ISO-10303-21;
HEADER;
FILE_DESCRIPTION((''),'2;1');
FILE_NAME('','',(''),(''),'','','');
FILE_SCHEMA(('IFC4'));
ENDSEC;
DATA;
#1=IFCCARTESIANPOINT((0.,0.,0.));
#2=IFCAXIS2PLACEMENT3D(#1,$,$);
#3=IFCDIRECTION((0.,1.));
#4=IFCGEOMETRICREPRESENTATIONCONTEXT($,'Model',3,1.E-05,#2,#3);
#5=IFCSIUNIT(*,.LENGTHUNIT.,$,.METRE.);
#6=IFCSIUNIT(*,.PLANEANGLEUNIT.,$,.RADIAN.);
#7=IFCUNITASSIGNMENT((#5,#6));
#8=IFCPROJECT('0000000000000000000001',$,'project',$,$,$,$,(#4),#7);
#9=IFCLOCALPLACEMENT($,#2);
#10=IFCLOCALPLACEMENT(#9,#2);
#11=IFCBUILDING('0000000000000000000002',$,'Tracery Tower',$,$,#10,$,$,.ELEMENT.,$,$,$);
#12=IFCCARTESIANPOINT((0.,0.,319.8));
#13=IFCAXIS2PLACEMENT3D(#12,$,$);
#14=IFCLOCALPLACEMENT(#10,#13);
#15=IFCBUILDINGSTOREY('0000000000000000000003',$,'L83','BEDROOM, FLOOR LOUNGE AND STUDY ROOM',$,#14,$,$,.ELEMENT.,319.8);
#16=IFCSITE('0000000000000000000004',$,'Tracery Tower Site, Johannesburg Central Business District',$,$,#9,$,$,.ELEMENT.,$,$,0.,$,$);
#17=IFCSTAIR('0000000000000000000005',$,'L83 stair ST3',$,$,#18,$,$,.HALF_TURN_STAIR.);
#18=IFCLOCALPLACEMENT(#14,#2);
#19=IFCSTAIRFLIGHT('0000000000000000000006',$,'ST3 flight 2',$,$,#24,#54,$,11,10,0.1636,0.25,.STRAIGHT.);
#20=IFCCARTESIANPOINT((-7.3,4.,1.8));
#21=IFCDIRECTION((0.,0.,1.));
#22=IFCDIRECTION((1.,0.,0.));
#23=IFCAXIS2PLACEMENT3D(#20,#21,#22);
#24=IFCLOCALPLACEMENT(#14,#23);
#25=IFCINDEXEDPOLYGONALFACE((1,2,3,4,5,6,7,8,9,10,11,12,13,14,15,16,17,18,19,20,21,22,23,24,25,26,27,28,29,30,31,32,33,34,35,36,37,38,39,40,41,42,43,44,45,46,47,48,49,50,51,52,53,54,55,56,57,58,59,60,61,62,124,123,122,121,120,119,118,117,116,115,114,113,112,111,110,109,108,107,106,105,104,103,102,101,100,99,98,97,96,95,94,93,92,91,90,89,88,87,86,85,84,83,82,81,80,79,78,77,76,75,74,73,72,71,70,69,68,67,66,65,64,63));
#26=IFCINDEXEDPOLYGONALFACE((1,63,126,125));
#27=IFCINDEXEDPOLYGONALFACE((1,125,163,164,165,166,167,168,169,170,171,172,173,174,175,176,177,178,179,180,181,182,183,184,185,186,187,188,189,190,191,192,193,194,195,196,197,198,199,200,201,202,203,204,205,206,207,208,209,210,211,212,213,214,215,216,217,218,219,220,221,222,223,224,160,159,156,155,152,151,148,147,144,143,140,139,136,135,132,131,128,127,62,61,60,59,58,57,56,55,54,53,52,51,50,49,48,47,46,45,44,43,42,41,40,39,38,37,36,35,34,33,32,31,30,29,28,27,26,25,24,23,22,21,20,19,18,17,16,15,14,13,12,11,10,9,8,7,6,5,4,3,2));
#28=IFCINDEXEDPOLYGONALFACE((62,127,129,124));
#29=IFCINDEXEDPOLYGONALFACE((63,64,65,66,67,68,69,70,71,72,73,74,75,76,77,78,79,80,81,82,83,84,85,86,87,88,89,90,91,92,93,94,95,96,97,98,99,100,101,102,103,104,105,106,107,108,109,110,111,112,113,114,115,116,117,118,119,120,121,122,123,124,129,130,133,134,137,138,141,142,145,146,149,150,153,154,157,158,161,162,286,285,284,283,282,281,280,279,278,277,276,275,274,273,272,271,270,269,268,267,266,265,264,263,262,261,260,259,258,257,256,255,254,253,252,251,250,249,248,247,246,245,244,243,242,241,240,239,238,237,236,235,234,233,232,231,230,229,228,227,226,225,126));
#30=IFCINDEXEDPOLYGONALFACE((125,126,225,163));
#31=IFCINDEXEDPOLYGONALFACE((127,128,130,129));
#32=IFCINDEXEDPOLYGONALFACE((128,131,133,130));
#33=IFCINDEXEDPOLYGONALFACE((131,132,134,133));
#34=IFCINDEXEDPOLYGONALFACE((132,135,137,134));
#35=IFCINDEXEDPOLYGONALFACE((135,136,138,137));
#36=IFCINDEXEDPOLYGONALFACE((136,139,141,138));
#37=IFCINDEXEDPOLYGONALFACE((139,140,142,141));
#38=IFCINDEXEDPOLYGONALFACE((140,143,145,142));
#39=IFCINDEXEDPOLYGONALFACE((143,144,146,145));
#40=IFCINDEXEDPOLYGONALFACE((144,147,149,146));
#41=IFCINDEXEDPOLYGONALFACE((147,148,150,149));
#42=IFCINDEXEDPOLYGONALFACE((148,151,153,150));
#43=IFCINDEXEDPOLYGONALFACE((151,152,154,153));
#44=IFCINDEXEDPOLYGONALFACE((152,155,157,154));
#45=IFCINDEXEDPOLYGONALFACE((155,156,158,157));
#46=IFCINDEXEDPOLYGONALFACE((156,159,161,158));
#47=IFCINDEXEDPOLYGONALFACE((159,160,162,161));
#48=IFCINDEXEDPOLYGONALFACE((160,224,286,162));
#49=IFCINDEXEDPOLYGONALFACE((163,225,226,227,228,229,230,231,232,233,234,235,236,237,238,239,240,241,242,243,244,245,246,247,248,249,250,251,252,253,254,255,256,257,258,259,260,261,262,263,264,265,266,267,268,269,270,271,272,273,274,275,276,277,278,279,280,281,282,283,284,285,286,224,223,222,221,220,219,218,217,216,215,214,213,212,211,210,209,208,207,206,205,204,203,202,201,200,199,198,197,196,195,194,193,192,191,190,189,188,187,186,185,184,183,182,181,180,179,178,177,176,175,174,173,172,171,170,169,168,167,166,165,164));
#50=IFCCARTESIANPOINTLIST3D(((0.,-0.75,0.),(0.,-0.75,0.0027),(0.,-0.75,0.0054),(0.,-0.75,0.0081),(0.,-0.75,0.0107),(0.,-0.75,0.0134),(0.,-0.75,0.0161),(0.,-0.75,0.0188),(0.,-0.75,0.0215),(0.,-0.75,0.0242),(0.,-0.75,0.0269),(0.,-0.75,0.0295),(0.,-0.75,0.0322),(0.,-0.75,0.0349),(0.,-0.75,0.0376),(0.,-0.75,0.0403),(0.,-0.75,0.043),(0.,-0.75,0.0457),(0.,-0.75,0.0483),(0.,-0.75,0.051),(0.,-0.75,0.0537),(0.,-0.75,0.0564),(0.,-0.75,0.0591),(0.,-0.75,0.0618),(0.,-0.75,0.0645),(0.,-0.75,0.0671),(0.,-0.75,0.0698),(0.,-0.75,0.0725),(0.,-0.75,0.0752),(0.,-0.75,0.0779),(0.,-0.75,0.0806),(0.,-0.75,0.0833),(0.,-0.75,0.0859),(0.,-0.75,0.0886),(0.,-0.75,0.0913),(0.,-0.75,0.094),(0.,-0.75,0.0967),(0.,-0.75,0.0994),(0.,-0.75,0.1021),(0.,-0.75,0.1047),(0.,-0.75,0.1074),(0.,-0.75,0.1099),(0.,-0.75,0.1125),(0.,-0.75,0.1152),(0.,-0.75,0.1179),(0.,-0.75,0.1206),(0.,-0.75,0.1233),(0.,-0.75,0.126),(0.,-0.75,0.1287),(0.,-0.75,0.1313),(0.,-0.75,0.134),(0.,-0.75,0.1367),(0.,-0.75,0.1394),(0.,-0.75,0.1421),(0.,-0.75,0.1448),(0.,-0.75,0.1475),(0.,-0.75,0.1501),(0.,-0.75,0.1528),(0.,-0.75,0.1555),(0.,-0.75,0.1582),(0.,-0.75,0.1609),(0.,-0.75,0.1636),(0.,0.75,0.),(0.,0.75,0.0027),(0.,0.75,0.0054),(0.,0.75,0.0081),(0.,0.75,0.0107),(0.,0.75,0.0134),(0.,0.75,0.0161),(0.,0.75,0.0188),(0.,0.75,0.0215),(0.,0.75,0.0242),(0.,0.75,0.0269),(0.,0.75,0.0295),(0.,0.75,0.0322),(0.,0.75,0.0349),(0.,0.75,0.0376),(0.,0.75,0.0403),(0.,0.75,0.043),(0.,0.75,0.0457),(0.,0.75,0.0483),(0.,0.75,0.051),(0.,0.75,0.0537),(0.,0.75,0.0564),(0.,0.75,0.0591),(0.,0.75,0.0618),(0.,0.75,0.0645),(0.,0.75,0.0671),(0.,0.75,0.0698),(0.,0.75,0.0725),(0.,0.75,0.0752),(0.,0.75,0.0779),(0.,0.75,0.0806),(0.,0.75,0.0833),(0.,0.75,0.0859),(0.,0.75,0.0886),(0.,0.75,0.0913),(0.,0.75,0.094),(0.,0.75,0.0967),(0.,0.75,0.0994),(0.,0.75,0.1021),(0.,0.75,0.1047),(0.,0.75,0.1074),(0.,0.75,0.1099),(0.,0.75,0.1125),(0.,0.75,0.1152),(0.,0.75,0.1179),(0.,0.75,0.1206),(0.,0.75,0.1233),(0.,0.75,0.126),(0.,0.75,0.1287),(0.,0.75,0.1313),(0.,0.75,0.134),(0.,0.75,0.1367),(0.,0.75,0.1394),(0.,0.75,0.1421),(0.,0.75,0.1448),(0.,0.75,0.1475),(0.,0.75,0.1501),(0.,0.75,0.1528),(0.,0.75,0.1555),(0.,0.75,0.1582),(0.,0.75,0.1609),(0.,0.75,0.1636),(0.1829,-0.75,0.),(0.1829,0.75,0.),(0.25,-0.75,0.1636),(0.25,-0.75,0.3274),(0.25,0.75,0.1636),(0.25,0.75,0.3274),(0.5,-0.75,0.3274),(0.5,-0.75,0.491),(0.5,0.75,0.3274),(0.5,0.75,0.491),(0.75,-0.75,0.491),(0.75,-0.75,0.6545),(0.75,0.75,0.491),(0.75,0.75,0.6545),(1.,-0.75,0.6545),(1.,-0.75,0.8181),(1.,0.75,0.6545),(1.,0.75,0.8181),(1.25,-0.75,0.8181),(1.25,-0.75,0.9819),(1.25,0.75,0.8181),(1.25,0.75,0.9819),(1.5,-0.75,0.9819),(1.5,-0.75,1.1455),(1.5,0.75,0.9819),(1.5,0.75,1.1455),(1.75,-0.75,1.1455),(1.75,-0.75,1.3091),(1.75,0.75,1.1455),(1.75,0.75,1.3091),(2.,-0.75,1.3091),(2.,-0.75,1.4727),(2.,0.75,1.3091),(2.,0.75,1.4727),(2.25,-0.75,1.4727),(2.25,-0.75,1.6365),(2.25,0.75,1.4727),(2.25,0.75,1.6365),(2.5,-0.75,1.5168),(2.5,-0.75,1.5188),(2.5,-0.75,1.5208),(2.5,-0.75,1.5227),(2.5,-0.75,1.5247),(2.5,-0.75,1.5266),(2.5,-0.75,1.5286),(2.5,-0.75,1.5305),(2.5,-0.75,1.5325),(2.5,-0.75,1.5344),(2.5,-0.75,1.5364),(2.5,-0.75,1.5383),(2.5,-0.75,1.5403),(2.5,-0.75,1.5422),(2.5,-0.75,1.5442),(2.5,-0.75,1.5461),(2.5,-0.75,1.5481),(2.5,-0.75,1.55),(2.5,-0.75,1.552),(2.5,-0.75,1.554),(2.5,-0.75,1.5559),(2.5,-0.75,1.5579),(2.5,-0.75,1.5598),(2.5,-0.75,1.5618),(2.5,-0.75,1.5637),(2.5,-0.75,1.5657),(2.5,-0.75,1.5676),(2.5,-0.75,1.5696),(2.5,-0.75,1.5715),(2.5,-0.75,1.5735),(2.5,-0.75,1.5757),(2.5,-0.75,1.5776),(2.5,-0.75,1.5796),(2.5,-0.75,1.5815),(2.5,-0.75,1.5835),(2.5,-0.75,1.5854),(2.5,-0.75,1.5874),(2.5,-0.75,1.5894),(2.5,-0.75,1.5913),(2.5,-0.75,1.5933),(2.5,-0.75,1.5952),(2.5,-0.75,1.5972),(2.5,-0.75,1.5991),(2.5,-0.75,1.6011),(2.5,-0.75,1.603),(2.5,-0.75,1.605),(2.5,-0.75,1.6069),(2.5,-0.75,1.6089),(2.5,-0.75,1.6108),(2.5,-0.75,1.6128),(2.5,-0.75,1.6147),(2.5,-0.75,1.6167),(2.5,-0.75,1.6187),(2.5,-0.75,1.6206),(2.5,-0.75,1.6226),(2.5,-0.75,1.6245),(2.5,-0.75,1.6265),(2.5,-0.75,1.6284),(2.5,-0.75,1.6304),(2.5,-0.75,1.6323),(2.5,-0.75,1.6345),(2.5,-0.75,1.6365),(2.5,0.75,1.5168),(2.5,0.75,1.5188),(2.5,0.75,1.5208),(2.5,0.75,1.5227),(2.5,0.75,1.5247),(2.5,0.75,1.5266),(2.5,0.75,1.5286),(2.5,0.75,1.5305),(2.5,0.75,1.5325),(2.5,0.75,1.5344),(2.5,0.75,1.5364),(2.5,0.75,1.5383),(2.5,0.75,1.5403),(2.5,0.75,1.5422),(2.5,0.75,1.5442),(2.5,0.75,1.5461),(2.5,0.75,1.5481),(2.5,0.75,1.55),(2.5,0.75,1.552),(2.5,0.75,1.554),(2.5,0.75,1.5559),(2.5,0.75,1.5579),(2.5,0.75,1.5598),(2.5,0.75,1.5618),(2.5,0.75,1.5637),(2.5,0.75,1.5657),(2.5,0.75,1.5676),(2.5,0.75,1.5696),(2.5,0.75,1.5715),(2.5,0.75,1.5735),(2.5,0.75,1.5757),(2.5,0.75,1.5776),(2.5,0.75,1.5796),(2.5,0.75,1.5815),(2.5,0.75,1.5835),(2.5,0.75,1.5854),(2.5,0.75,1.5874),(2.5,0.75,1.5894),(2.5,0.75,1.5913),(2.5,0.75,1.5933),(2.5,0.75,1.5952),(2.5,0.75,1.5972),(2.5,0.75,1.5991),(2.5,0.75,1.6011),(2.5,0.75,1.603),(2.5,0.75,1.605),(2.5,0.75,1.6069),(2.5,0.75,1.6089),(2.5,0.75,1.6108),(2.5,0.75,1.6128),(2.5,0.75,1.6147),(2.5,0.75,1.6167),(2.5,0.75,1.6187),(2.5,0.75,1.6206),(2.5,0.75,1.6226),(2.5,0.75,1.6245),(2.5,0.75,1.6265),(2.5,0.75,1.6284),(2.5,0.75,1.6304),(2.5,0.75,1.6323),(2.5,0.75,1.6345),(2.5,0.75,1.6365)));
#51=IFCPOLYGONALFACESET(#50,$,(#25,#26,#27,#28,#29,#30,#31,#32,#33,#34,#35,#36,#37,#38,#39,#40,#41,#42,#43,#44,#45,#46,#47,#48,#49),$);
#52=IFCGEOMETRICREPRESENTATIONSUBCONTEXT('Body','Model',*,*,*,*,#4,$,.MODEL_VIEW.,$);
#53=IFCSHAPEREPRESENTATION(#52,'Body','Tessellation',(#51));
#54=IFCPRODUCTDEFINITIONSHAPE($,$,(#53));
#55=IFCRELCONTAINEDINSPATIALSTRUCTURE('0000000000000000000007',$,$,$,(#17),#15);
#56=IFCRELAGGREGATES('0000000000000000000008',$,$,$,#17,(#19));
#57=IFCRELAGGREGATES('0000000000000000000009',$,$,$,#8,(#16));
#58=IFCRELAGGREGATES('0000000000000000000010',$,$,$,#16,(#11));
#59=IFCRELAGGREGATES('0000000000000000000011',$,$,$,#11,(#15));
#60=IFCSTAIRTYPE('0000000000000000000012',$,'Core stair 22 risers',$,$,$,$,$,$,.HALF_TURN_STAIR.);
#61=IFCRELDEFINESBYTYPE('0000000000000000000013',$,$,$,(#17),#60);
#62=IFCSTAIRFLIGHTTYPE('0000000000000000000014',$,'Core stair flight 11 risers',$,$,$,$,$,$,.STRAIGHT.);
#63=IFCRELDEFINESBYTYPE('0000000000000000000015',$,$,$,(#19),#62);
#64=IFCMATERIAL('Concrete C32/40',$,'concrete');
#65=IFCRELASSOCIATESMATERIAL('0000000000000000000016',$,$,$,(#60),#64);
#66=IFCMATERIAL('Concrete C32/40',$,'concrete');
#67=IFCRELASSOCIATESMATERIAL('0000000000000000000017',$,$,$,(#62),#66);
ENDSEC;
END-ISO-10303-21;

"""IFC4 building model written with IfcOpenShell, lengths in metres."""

from ifc_helpers import new_model, si_unit, direction, frame, origin, place, context, subcontext, project, spatial, polyline, outline, extrude, material, type_object, element, aggregate, save


model = new_model("IFC4")

# Units and contexts
model_context = context("Model", 3, precision=1e-05, world=origin(), true_north=direction((0.0, 1.0)))
body_context = subcontext(model_context, "Body", "Model", "MODEL_VIEW")
ifc_project = project(units=[si_unit("LENGTHUNIT", "METRE"), si_unit("PLANEANGLEUNIT", "RADIAN")], contexts=[model_context])

# Site, building, storey
site_placement = place(None, origin())
site = spatial("IfcSite", under=ifc_project, at=site_placement, Name="Tracery Tower Site, Johannesburg Central Business District", CompositionType="ELEMENT", RefElevation=0.0)
building_placement = place(site_placement, origin())
building = spatial("IfcBuilding", under=site, at=building_placement, Name="Tracery Tower", CompositionType="ELEMENT")
storey_placement = place(building_placement, frame((0.0, 0.0, 319.8)))
storey = spatial("IfcBuildingStorey", under=building, at=storey_placement, Name="L83", Description="BEDROOM, FLOOR LOUNGE AND STUDY ROOM", CompositionType="ELEMENT", Elevation=319.8)

# Stair, stair flight
ifc_material_1 = material(Name="Concrete C32/40", Category="concrete")
stair_type = type_object("IfcStairType", Name="Core stair 22 risers", PredefinedType="HALF_TURN_STAIR", material=ifc_material_1)
stair_placement = place(storey_placement, origin())
stair = element("IfcStair", 1, at=stair_placement, inside=storey, type_object=stair_type, Name="L83 stair ST3", PredefinedType="HALF_TURN_STAIR")
ifc_material_2 = material(Name="Concrete C32/40", Category="concrete")
stair_flight_type = type_object("IfcStairFlightType", Name="Core stair flight 11 risers", PredefinedType="STRAIGHT", material=ifc_material_2)
stair_flight_1_placement = place(storey_placement, frame((-7.3, 4.0, 1.8), z_axis=(0.0, 0.0, 1.0), x_axis=(1.0, 0.0, 0.0)))
stair_flight_1 = element("IfcStairFlight", 2, at=stair_flight_1_placement, type_object=stair_flight_type, Name="ST3 flight 2", NumberOfRisers=11, NumberOfTreads=10, PredefinedType="STRAIGHT", RiserHeight=0.1636, TreadLength=0.25, context=body_context, shape_type="SweptSolid", body=[
    extrude(outline(polyline([(0.0, 0.0), (0.0, 0.0027), (0.0, 0.0054), (0.0, 0.0081), (0.0, 0.0107), (0.0, 0.0134), (0.0, 0.0161), (0.0, 0.0188), (0.0, 0.0215), (0.0, 0.0242), (0.0, 0.0269), (0.0, 0.0295), (0.0, 0.0322), (0.0, 0.0349), (0.0, 0.0376), (0.0, 0.0403), (0.0, 0.043), (0.0, 0.0457), (0.0, 0.0483), (0.0, 0.051), (0.0, 0.0537), (0.0, 0.0564), (0.0, 0.0591), (0.0, 0.0618), (0.0, 0.0645), (0.0, 0.0671), (0.0, 0.0698), (0.0, 0.0725), (0.0, 0.0752), (0.0, 0.0779), (0.0, 0.0806), (0.0, 0.0833), (0.0, 0.0859), (0.0, 0.0886), (0.0, 0.0913), (0.0, 0.094), (0.0, 0.0967), (0.0, 0.0994), (0.0, 0.1021), (0.0, 0.1047), (0.0, 0.1074), (0.0, 0.1099), (0.0, 0.1125), (0.0, 0.1152), (0.0, 0.1179), (0.0, 0.1206), (0.0, 0.1233), (0.0, 0.126), (0.0, 0.1287), (0.0, 0.1313), (0.0, 0.134), (0.0, 0.1367), (0.0, 0.1394), (0.0, 0.1421), (0.0, 0.1448), (0.0, 0.1475), (0.0, 0.1501), (0.0, 0.1528), (0.0, 0.1555), (0.0, 0.1582), (0.0, 0.1609), (0.0, 0.1636), (0.25, 0.1636), (0.25, 0.3274), (0.5, 0.3274), (0.5, 0.491), (0.75, 0.491), (0.75, 0.6545), (1.0, 0.6545), (1.0, 0.8181), (1.25, 0.8181), (1.25, 0.9819), (1.5, 0.9819), (1.5, 1.1455), (1.75, 1.1455), (1.75, 1.3091), (2.0, 1.3091), (2.0, 1.4727), (2.25, 1.4727), (2.25, 1.6365), (2.5, 1.6365), (2.5, 1.6345), (2.5, 1.6323), (2.5, 1.6304), (2.5, 1.6284), (2.5, 1.6265), (2.5, 1.6245), (2.5, 1.6226), (2.5, 1.6206), (2.5, 1.6187), (2.5, 1.6167), (2.5, 1.6147), (2.5, 1.6128), (2.5, 1.6108), (2.5, 1.6089), (2.5, 1.6069), (2.5, 1.605), (2.5, 1.603), (2.5, 1.6011), (2.5, 1.5991), (2.5, 1.5972), (2.5, 1.5952), (2.5, 1.5933), (2.5, 1.5913), (2.5, 1.5894), (2.5, 1.5874), (2.5, 1.5854), (2.5, 1.5835), (2.5, 1.5815), (2.5, 1.5796), (2.5, 1.5776), (2.5, 1.5757), (2.5, 1.5735), (2.5, 1.5715), (2.5, 1.5696), (2.5, 1.5676), (2.5, 1.5657), (2.5, 1.5637), (2.5, 1.5618), (2.5, 1.5598), (2.5, 1.5579), (2.5, 1.5559), (2.5, 1.554), (2.5, 1.552), (2.5, 1.55), (2.5, 1.5481), (2.5, 1.5461), (2.5, 1.5442), (2.5, 1.5422), (2.5, 1.5403), (2.5, 1.5383), (2.5, 1.5364), (2.5, 1.5344), (2.5, 1.5325), (2.5, 1.5305), (2.5, 1.5286), (2.5, 1.5266), (2.5, 1.5247), (2.5, 1.5227), (2.5, 1.5208), (2.5, 1.5188), (2.5, 1.5168), (0.1829, 0.0), (0.0, 0.0)])), frame((0.0, 0.75, 0.0), z_axis=(0.0, -1.0, 0.0), x_axis=(1.0, 0.0, 0.0)), (0.0, 0.0, 1.0), 1.5),
])
aggregate(stair, [stair_flight_1])

save(model, "model.ifc")
